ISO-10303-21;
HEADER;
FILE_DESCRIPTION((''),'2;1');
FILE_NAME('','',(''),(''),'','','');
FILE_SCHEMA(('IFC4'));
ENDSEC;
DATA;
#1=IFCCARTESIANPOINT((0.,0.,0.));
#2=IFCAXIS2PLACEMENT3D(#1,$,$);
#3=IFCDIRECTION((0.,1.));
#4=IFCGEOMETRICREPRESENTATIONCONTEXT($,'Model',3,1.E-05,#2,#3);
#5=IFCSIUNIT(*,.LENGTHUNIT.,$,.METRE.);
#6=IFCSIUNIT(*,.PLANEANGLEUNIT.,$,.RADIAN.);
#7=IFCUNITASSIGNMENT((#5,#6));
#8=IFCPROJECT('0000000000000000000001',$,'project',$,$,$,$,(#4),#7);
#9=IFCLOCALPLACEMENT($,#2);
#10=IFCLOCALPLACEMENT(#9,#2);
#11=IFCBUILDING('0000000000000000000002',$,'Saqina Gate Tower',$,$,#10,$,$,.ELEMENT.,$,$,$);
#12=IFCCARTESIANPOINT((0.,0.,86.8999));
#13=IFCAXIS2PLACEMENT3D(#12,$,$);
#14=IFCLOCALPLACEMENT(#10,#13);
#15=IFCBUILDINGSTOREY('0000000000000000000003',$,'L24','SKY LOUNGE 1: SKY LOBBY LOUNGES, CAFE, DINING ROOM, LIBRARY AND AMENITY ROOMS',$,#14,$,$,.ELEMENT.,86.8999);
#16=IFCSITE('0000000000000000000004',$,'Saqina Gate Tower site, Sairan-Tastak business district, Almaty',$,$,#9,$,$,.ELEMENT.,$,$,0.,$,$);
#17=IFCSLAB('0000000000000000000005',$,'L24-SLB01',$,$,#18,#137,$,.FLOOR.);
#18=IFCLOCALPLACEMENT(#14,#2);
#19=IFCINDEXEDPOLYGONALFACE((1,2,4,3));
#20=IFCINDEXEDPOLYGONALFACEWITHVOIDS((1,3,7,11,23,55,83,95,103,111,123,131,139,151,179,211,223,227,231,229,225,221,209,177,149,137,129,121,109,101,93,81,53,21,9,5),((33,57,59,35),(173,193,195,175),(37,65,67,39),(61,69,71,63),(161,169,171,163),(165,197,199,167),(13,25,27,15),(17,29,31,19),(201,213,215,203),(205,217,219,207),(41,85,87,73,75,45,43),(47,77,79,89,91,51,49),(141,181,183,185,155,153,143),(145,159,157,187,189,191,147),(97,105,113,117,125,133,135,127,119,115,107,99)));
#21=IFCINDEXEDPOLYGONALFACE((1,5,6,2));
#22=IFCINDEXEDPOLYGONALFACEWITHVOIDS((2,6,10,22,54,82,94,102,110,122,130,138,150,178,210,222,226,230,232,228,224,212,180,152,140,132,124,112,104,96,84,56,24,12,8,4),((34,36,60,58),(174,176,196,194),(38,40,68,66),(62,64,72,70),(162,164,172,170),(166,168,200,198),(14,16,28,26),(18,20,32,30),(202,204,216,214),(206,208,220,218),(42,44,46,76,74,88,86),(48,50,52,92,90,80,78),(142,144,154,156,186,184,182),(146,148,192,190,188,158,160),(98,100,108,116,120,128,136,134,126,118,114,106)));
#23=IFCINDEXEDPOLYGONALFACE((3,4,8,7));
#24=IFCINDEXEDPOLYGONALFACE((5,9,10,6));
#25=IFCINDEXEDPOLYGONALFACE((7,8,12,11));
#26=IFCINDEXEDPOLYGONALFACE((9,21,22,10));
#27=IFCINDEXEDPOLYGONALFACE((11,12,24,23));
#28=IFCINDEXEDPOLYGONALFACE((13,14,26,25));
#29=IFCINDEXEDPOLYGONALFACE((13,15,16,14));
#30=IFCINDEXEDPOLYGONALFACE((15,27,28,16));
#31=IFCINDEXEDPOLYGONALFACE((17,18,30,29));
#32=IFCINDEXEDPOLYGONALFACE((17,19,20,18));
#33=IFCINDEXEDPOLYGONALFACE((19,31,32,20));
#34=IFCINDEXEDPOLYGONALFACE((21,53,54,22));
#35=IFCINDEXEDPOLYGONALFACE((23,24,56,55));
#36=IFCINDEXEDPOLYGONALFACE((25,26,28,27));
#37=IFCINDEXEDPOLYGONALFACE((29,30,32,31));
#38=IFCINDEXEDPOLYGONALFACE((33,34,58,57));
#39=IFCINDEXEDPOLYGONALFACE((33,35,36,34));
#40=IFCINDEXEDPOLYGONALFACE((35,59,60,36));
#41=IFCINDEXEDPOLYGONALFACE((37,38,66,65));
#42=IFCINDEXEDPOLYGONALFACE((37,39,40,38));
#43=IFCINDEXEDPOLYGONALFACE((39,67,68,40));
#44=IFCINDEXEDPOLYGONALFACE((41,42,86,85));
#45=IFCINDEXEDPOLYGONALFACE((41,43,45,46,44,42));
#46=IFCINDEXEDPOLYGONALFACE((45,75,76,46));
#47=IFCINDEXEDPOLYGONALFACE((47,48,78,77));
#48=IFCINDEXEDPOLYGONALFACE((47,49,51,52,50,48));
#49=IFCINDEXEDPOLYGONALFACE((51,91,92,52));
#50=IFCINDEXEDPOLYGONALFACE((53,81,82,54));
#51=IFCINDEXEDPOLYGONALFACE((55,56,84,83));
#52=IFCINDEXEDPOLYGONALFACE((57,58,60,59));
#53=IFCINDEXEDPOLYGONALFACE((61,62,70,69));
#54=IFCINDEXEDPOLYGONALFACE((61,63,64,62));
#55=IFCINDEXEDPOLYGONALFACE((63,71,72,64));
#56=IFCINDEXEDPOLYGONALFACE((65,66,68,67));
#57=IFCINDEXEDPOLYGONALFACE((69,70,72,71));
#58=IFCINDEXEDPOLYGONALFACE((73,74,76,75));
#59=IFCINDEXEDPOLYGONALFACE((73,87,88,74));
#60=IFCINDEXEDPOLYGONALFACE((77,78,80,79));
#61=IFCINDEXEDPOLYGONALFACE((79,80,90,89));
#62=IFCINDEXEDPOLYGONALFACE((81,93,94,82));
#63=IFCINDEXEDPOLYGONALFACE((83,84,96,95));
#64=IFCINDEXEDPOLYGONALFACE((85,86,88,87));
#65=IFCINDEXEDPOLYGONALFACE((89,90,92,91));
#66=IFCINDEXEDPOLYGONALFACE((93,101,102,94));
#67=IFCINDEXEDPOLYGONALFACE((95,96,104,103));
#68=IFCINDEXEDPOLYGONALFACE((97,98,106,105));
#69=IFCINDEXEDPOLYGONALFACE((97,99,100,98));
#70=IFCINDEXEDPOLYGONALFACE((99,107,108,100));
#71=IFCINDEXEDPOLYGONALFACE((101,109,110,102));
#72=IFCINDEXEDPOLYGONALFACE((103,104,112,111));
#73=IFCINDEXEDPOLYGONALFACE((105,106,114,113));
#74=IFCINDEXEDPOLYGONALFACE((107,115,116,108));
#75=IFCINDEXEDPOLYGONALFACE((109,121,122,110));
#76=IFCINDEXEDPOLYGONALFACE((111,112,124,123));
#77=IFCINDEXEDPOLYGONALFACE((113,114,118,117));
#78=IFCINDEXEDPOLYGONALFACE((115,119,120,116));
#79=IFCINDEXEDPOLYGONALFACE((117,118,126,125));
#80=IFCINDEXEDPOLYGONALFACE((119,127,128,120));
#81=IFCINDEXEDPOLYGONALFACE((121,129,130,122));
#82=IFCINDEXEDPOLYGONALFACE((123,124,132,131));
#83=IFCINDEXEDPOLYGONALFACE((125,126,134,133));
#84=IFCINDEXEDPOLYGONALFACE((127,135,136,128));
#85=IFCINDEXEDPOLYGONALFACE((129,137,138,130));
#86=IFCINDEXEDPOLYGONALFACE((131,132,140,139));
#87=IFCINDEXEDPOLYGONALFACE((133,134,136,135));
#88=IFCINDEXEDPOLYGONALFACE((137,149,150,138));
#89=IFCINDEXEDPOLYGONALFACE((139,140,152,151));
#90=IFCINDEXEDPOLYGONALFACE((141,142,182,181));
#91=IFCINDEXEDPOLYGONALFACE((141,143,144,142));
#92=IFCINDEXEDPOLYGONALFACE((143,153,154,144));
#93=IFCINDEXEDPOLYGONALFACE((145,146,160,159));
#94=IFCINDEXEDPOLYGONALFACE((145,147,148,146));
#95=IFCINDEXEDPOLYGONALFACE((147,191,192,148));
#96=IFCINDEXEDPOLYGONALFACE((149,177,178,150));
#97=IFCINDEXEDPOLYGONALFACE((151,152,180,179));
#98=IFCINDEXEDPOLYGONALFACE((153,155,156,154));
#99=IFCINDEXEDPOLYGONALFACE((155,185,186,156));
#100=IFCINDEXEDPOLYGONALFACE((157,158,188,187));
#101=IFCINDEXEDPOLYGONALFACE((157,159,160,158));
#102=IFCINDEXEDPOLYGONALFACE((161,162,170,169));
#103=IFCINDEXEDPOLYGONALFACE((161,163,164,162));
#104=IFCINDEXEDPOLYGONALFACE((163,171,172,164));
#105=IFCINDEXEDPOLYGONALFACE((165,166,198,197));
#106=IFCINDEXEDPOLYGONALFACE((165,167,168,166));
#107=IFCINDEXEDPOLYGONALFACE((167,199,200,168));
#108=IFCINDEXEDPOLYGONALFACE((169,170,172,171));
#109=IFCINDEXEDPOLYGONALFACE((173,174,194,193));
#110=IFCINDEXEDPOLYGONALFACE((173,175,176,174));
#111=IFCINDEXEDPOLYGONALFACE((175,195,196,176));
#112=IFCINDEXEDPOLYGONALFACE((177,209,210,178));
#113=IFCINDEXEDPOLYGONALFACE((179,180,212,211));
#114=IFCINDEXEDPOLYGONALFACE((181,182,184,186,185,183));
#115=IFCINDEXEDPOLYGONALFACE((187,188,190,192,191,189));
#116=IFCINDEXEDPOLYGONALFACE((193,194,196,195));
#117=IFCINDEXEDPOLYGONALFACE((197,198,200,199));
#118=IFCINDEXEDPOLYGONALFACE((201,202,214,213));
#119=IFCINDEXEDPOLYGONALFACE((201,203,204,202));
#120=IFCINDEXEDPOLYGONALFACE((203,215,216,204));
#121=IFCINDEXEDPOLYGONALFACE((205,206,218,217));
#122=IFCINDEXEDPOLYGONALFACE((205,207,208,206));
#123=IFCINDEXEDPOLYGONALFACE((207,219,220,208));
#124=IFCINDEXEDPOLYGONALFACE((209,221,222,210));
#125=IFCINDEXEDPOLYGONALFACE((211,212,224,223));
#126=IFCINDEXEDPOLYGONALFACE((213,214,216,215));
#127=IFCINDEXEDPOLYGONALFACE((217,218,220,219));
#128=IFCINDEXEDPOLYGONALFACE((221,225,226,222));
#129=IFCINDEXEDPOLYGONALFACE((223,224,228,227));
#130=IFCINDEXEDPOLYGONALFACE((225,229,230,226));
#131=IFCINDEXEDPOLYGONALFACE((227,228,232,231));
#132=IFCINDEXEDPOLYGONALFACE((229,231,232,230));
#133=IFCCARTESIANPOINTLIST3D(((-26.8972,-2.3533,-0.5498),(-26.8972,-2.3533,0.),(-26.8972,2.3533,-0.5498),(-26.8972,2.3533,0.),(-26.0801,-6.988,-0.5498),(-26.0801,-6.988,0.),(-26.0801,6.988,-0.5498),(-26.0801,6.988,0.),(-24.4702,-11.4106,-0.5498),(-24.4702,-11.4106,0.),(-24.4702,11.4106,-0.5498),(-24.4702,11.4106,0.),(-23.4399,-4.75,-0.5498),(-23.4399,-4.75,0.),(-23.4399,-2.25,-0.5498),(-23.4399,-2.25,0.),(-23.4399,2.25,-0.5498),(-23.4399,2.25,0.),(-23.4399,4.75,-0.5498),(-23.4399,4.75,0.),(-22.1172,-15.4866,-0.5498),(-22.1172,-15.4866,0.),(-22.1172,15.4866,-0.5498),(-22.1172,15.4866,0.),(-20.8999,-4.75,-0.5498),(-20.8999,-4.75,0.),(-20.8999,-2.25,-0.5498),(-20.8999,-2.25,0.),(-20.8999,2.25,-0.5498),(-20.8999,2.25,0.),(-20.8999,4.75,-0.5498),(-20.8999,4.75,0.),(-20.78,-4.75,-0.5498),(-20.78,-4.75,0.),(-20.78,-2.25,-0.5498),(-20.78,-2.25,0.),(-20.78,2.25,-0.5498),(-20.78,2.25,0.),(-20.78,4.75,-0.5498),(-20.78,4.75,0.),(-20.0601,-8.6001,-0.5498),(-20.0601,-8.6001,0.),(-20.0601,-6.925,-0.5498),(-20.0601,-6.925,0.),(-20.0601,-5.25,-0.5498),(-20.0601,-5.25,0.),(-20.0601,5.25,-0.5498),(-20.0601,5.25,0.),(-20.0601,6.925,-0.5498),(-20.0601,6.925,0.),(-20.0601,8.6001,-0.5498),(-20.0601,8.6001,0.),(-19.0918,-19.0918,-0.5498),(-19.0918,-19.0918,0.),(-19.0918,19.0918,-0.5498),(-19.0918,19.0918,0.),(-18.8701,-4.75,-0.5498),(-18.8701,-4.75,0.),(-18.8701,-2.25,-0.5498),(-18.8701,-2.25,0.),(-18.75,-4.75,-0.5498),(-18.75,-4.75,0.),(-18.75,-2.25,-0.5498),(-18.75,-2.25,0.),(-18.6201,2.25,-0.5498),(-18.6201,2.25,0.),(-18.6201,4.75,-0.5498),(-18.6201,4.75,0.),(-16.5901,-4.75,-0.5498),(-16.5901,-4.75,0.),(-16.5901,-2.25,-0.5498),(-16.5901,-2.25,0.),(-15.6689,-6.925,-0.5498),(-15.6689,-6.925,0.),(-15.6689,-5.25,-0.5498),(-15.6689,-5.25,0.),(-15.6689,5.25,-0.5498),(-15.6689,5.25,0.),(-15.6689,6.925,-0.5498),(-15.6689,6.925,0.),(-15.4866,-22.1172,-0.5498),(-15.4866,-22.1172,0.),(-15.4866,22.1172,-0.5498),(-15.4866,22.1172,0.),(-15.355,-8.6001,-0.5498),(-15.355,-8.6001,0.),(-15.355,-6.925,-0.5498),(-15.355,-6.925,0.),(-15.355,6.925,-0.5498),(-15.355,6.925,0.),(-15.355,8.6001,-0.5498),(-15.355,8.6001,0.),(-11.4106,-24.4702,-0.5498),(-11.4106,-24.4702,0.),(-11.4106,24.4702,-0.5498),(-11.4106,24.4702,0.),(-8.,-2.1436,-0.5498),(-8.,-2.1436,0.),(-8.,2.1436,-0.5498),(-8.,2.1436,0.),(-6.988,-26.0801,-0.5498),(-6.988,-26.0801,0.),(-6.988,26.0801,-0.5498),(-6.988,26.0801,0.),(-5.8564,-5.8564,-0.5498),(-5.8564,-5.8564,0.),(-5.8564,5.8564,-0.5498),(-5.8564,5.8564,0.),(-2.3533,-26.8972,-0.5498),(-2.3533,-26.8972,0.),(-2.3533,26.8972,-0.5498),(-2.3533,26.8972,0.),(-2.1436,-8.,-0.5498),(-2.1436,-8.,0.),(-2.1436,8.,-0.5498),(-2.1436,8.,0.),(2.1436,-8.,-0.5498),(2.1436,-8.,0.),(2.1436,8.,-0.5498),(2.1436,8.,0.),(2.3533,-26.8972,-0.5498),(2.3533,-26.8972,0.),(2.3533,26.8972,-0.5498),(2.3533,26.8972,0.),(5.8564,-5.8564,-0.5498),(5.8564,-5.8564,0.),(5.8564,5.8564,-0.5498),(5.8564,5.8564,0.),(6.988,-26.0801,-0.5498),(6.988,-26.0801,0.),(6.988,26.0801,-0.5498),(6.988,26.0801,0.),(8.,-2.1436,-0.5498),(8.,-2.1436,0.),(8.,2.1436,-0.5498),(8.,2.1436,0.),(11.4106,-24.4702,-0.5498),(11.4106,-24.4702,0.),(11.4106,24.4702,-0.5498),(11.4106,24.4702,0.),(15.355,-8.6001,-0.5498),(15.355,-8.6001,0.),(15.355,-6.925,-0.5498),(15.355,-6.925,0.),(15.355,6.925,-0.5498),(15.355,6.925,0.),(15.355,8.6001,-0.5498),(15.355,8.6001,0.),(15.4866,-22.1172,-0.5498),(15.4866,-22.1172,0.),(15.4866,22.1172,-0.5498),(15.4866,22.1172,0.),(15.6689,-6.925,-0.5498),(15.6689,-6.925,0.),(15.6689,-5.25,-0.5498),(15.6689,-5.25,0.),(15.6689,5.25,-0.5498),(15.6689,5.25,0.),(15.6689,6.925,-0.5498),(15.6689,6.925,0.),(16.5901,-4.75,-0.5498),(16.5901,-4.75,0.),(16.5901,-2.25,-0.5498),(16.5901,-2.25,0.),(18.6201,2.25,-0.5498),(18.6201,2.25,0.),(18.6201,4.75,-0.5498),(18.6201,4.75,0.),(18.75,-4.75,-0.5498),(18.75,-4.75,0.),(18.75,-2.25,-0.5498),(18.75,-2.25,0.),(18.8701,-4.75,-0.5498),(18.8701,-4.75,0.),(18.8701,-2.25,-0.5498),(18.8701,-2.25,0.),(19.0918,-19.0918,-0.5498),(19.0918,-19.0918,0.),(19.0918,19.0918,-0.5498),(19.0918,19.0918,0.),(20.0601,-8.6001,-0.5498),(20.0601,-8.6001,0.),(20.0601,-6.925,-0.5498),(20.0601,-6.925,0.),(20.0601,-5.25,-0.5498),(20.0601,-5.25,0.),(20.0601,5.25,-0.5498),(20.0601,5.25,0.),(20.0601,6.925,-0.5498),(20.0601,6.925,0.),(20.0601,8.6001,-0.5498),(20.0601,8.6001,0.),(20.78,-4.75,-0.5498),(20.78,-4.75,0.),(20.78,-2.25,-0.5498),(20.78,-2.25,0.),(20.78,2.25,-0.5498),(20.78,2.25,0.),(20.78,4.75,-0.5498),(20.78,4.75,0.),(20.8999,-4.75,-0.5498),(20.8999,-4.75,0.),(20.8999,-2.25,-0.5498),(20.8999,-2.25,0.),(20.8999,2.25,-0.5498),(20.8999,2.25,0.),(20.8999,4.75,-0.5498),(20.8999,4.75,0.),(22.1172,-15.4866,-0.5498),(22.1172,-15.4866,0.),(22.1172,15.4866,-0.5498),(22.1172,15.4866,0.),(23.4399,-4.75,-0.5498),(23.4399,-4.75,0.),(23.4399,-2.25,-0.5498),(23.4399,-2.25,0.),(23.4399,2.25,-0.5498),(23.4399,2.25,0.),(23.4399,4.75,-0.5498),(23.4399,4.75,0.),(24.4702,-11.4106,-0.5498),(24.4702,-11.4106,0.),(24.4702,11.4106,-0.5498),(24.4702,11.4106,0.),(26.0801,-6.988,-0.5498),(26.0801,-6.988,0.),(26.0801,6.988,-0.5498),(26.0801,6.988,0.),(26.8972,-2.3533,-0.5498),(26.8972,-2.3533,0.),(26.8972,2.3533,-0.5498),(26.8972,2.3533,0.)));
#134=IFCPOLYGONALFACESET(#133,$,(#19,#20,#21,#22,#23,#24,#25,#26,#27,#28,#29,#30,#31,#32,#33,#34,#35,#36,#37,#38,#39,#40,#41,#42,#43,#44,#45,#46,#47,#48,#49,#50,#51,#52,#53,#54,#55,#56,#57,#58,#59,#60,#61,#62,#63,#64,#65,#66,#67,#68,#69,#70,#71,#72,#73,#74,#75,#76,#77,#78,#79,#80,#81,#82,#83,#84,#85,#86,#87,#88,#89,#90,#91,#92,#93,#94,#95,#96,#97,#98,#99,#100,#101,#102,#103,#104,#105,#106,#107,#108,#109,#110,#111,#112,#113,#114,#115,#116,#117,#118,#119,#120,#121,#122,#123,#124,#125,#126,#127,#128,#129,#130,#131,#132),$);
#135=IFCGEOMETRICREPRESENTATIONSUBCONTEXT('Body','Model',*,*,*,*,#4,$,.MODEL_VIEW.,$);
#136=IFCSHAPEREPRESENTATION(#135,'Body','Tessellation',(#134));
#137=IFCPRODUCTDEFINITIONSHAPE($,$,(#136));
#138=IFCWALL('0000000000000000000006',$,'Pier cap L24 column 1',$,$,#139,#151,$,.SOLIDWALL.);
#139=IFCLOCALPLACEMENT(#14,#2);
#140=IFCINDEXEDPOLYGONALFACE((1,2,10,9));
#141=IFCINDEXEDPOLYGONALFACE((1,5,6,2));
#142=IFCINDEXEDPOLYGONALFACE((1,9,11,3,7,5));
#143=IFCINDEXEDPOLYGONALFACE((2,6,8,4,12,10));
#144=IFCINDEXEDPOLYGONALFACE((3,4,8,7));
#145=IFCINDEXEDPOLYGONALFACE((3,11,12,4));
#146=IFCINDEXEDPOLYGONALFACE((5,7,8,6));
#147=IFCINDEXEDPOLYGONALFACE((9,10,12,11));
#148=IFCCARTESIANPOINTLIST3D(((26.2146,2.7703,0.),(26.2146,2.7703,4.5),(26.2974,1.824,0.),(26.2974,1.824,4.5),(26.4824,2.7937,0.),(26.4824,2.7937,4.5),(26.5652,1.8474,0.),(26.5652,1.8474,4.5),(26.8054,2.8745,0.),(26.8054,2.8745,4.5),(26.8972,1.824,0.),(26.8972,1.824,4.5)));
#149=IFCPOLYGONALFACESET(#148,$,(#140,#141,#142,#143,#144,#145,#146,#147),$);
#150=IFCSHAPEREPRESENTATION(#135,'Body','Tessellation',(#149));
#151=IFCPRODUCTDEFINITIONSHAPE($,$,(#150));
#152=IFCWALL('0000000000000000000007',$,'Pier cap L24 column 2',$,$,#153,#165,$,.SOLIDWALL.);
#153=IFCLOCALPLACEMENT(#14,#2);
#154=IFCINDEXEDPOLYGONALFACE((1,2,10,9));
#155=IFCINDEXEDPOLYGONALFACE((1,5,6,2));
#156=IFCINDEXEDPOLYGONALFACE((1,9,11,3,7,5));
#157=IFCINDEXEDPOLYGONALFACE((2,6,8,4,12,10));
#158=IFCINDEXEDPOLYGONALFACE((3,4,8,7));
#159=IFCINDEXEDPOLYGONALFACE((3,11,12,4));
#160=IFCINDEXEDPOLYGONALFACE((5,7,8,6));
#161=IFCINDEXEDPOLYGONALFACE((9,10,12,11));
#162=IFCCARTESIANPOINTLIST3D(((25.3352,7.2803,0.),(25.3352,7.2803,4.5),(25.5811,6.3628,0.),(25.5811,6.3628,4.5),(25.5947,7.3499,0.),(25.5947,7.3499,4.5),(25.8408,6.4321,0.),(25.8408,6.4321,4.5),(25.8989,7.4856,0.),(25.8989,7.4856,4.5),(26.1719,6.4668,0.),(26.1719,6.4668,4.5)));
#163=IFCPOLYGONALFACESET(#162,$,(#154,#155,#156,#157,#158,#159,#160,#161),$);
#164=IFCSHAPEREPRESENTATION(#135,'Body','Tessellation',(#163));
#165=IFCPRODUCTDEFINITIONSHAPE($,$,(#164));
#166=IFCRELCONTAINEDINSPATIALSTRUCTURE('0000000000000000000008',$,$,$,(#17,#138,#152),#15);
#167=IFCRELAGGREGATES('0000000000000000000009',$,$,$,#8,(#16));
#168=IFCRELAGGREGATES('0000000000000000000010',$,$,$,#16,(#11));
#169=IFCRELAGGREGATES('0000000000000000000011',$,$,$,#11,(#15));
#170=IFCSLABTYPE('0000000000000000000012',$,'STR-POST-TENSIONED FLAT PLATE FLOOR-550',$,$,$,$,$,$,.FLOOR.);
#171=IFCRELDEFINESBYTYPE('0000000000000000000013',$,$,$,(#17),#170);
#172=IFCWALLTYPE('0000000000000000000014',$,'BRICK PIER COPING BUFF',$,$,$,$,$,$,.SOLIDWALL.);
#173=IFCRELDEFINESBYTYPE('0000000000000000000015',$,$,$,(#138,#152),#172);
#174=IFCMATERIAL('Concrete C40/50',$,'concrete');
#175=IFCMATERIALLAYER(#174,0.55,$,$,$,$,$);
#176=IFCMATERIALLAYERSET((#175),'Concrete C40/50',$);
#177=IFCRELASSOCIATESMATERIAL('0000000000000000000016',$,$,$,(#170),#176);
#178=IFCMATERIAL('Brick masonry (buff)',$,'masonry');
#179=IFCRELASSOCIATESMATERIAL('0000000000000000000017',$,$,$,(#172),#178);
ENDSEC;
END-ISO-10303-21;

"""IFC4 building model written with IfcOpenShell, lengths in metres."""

from ifc_helpers import new_model, si_unit, direction, frame, origin, place, context, subcontext, project, spatial, polyline, outline, extrude, material, layer, layer_set, type_object, element, save


model = new_model("IFC4")

# Units and contexts
model_context = context("Model", 3, precision=1e-05, world=origin(), true_north=direction((0.0, 1.0)))
body_context = subcontext(model_context, "Body", "Model", "MODEL_VIEW")
ifc_project = project(units=[si_unit("LENGTHUNIT", "METRE"), si_unit("PLANEANGLEUNIT", "RADIAN")], contexts=[model_context])

# Site, building, storey
site_placement = place(None, origin())
site = spatial("IfcSite", under=ifc_project, at=site_placement, Name="Saqina Gate Tower site, Sairan-Tastak business district, Almaty", CompositionType="ELEMENT", RefElevation=0.0)
building_placement = place(site_placement, origin())
building = spatial("IfcBuilding", under=site, at=building_placement, Name="Saqina Gate Tower", CompositionType="ELEMENT")
storey_placement = place(building_placement, frame((0.0, 0.0, 86.8999)))
storey = spatial("IfcBuildingStorey", under=building, at=storey_placement, Name="L24", Description="SKY LOUNGE 1: SKY LOBBY LOUNGES, CAFE, DINING ROOM, LIBRARY AND AMENITY ROOMS", CompositionType="ELEMENT", Elevation=86.8999)

# Slab
ifc_material_1 = material(Name="Concrete C40/50", Category="concrete")
ifc_layer_1 = layer(ifc_material_1, 0.55)
ifc_layer_set_1 = layer_set([ifc_layer_1], Name="Concrete C40/50")
slab_type = type_object("IfcSlabType", Name="STR-POST-TENSIONED FLAT PLATE FLOOR-550", PredefinedType="FLOOR", material=ifc_layer_set_1)
slab_placement = place(storey_placement, frame((0.0, 0.0, -0.5498)))
element("IfcSlab", 1, at=slab_placement, inside=storey, type_object=slab_type, Name="L24-SLB01", PredefinedType="FLOOR", context=body_context, shape_type="SweptSolid", body=[
    extrude(outline(polyline([(26.0801, -6.988), (26.8972, -2.3533), (26.8972, 2.3533), (26.0801, 6.988), (24.4702, 11.4106), (22.1172, 15.4866), (19.0918, 19.0918), (15.4866, 22.1172), (11.4106, 24.4702), (6.988, 26.0801), (2.3533, 26.8972), (-2.3533, 26.8972), (-6.988, 26.0801), (-11.4106, 24.4702), (-15.4866, 22.1172), (-19.0918, 19.0918), (-22.1172, 15.4866), (-24.4702, 11.4106), (-26.0801, 6.988), (-26.8972, 2.3533), (-26.8972, -2.3533), (-26.0801, -6.988), (-24.4702, -11.4106), (-22.1172, -15.4866), (-19.0918, -19.0918), (-15.4866, -22.1172), (-11.4106, -24.4702), (-6.988, -26.0801), (-2.3533, -26.8972), (2.3533, -26.8972), (6.988, -26.0801), (11.4106, -24.4702), (15.4866, -22.1172), (19.0918, -19.0918), (22.1172, -15.4866), (24.4702, -11.4106), (26.0801, -6.988)]), holes=[polyline([(2.1436, 8.0), (5.8564, 5.8564), (8.0, 2.1436), (8.0, -2.1436), (5.8564, -5.8564), (2.1436, -8.0), (-2.1436, -8.0), (-5.8564, -5.8564), (-8.0, -2.1436), (-8.0, 2.1436), (-5.8564, 5.8564), (-2.1436, 8.0), (2.1436, 8.0)]), polyline([(-20.0601, -8.6001), (-20.0601, -6.925), (-20.0601, -5.25), (-15.6689, -5.25), (-15.6689, -6.925), (-15.355, -6.925), (-15.355, -8.6001), (-20.0601, -8.6001)]), polyline([(-20.8999, -2.25), (-20.8999, -4.75), (-23.4399, -4.75), (-23.4399, -2.25), (-20.8999, -2.25)]), polyline([(-18.8701, -2.25), (-18.8701, -4.75), (-20.78, -4.75), (-20.78, -2.25), (-18.8701, -2.25)]), polyline([(-16.5901, -2.25), (-16.5901, -4.75), (-18.75, -4.75), (-18.75, -2.25), (-16.5901, -2.25)]), polyline([(-20.8999, 4.75), (-20.8999, 2.25), (-23.4399, 2.25), (-23.4399, 4.75), (-20.8999, 4.75)]), polyline([(-18.6201, 4.75), (-18.6201, 2.25), (-20.78, 2.25), (-20.78, 4.75), (-18.6201, 4.75)]), polyline([(-20.0601, 8.6001), (-15.355, 8.6001), (-15.355, 6.925), (-15.6689, 6.925), (-15.6689, 5.25), (-20.0601, 5.25), (-20.0601, 6.925), (-20.0601, 8.6001)]), polyline([(15.355, -6.925), (15.6689, -6.925), (15.6689, -5.25), (20.0601, -5.25), (20.0601, -6.925), (20.0601, -8.6001), (15.355, -8.6001), (15.355, -6.925)]), polyline([(18.75, -2.25), (18.75, -4.75), (16.5901, -4.75), (16.5901, -2.25), (18.75, -2.25)]), polyline([(20.78, -2.25), (20.78, -4.75), (18.8701, -4.75), (18.8701, -2.25), (20.78, -2.25)]), polyline([(23.4399, -2.25), (23.4399, -4.75), (20.8999, -4.75), (20.8999, -2.25), (23.4399, -2.25)]), polyline([(20.78, 4.75), (20.78, 2.25), (18.6201, 2.25), (18.6201, 4.75), (20.78, 4.75)]), polyline([(23.4399, 4.75), (23.4399, 2.25), (20.8999, 2.25), (20.8999, 4.75), (23.4399, 4.75)]), polyline([(15.355, 6.925), (15.355, 8.6001), (20.0601, 8.6001), (20.0601, 6.925), (20.0601, 5.25), (15.6689, 5.25), (15.6689, 6.925), (15.355, 6.925)])]), origin(), (0.0, 0.0, 1.0), 0.5498),
])

# Walls
ifc_material_2 = material(Name="Brick masonry (buff)", Category="masonry")
wall_type = type_object("IfcWallType", Name="BRICK PIER COPING BUFF", PredefinedType="SOLIDWALL", material=ifc_material_2)
wall_1_placement = place(storey_placement, origin())
element("IfcWall", 2, at=wall_1_placement, inside=storey, type_object=wall_type, Name="Pier cap L24 column 1", PredefinedType="SOLIDWALL", context=body_context, shape_type="SweptSolid", body=[
    extrude(outline(polyline([(26.8054, 2.8745), (26.2146, 2.7703), (26.4824, 2.7937), (26.5652, 1.8474), (26.2974, 1.824), (26.8972, 1.824), (26.8054, 2.8745)])), origin(), (0.0, 0.0, 1.0), 4.5),
])
wall_2_placement = place(storey_placement, origin())
element("IfcWall", 3, at=wall_2_placement, inside=storey, type_object=wall_type, Name="Pier cap L24 column 2", PredefinedType="SOLIDWALL", context=body_context, shape_type="SweptSolid", body=[
    extrude(outline(polyline([(26.1719, 6.4668), (25.8989, 7.4856), (25.3352, 7.2803), (25.5947, 7.3499), (25.8408, 6.4321), (25.5811, 6.3628), (26.1719, 6.4668)])), origin(), (0.0, 0.0, 1.0), 4.5),
])

save(model, "model.ifc")
